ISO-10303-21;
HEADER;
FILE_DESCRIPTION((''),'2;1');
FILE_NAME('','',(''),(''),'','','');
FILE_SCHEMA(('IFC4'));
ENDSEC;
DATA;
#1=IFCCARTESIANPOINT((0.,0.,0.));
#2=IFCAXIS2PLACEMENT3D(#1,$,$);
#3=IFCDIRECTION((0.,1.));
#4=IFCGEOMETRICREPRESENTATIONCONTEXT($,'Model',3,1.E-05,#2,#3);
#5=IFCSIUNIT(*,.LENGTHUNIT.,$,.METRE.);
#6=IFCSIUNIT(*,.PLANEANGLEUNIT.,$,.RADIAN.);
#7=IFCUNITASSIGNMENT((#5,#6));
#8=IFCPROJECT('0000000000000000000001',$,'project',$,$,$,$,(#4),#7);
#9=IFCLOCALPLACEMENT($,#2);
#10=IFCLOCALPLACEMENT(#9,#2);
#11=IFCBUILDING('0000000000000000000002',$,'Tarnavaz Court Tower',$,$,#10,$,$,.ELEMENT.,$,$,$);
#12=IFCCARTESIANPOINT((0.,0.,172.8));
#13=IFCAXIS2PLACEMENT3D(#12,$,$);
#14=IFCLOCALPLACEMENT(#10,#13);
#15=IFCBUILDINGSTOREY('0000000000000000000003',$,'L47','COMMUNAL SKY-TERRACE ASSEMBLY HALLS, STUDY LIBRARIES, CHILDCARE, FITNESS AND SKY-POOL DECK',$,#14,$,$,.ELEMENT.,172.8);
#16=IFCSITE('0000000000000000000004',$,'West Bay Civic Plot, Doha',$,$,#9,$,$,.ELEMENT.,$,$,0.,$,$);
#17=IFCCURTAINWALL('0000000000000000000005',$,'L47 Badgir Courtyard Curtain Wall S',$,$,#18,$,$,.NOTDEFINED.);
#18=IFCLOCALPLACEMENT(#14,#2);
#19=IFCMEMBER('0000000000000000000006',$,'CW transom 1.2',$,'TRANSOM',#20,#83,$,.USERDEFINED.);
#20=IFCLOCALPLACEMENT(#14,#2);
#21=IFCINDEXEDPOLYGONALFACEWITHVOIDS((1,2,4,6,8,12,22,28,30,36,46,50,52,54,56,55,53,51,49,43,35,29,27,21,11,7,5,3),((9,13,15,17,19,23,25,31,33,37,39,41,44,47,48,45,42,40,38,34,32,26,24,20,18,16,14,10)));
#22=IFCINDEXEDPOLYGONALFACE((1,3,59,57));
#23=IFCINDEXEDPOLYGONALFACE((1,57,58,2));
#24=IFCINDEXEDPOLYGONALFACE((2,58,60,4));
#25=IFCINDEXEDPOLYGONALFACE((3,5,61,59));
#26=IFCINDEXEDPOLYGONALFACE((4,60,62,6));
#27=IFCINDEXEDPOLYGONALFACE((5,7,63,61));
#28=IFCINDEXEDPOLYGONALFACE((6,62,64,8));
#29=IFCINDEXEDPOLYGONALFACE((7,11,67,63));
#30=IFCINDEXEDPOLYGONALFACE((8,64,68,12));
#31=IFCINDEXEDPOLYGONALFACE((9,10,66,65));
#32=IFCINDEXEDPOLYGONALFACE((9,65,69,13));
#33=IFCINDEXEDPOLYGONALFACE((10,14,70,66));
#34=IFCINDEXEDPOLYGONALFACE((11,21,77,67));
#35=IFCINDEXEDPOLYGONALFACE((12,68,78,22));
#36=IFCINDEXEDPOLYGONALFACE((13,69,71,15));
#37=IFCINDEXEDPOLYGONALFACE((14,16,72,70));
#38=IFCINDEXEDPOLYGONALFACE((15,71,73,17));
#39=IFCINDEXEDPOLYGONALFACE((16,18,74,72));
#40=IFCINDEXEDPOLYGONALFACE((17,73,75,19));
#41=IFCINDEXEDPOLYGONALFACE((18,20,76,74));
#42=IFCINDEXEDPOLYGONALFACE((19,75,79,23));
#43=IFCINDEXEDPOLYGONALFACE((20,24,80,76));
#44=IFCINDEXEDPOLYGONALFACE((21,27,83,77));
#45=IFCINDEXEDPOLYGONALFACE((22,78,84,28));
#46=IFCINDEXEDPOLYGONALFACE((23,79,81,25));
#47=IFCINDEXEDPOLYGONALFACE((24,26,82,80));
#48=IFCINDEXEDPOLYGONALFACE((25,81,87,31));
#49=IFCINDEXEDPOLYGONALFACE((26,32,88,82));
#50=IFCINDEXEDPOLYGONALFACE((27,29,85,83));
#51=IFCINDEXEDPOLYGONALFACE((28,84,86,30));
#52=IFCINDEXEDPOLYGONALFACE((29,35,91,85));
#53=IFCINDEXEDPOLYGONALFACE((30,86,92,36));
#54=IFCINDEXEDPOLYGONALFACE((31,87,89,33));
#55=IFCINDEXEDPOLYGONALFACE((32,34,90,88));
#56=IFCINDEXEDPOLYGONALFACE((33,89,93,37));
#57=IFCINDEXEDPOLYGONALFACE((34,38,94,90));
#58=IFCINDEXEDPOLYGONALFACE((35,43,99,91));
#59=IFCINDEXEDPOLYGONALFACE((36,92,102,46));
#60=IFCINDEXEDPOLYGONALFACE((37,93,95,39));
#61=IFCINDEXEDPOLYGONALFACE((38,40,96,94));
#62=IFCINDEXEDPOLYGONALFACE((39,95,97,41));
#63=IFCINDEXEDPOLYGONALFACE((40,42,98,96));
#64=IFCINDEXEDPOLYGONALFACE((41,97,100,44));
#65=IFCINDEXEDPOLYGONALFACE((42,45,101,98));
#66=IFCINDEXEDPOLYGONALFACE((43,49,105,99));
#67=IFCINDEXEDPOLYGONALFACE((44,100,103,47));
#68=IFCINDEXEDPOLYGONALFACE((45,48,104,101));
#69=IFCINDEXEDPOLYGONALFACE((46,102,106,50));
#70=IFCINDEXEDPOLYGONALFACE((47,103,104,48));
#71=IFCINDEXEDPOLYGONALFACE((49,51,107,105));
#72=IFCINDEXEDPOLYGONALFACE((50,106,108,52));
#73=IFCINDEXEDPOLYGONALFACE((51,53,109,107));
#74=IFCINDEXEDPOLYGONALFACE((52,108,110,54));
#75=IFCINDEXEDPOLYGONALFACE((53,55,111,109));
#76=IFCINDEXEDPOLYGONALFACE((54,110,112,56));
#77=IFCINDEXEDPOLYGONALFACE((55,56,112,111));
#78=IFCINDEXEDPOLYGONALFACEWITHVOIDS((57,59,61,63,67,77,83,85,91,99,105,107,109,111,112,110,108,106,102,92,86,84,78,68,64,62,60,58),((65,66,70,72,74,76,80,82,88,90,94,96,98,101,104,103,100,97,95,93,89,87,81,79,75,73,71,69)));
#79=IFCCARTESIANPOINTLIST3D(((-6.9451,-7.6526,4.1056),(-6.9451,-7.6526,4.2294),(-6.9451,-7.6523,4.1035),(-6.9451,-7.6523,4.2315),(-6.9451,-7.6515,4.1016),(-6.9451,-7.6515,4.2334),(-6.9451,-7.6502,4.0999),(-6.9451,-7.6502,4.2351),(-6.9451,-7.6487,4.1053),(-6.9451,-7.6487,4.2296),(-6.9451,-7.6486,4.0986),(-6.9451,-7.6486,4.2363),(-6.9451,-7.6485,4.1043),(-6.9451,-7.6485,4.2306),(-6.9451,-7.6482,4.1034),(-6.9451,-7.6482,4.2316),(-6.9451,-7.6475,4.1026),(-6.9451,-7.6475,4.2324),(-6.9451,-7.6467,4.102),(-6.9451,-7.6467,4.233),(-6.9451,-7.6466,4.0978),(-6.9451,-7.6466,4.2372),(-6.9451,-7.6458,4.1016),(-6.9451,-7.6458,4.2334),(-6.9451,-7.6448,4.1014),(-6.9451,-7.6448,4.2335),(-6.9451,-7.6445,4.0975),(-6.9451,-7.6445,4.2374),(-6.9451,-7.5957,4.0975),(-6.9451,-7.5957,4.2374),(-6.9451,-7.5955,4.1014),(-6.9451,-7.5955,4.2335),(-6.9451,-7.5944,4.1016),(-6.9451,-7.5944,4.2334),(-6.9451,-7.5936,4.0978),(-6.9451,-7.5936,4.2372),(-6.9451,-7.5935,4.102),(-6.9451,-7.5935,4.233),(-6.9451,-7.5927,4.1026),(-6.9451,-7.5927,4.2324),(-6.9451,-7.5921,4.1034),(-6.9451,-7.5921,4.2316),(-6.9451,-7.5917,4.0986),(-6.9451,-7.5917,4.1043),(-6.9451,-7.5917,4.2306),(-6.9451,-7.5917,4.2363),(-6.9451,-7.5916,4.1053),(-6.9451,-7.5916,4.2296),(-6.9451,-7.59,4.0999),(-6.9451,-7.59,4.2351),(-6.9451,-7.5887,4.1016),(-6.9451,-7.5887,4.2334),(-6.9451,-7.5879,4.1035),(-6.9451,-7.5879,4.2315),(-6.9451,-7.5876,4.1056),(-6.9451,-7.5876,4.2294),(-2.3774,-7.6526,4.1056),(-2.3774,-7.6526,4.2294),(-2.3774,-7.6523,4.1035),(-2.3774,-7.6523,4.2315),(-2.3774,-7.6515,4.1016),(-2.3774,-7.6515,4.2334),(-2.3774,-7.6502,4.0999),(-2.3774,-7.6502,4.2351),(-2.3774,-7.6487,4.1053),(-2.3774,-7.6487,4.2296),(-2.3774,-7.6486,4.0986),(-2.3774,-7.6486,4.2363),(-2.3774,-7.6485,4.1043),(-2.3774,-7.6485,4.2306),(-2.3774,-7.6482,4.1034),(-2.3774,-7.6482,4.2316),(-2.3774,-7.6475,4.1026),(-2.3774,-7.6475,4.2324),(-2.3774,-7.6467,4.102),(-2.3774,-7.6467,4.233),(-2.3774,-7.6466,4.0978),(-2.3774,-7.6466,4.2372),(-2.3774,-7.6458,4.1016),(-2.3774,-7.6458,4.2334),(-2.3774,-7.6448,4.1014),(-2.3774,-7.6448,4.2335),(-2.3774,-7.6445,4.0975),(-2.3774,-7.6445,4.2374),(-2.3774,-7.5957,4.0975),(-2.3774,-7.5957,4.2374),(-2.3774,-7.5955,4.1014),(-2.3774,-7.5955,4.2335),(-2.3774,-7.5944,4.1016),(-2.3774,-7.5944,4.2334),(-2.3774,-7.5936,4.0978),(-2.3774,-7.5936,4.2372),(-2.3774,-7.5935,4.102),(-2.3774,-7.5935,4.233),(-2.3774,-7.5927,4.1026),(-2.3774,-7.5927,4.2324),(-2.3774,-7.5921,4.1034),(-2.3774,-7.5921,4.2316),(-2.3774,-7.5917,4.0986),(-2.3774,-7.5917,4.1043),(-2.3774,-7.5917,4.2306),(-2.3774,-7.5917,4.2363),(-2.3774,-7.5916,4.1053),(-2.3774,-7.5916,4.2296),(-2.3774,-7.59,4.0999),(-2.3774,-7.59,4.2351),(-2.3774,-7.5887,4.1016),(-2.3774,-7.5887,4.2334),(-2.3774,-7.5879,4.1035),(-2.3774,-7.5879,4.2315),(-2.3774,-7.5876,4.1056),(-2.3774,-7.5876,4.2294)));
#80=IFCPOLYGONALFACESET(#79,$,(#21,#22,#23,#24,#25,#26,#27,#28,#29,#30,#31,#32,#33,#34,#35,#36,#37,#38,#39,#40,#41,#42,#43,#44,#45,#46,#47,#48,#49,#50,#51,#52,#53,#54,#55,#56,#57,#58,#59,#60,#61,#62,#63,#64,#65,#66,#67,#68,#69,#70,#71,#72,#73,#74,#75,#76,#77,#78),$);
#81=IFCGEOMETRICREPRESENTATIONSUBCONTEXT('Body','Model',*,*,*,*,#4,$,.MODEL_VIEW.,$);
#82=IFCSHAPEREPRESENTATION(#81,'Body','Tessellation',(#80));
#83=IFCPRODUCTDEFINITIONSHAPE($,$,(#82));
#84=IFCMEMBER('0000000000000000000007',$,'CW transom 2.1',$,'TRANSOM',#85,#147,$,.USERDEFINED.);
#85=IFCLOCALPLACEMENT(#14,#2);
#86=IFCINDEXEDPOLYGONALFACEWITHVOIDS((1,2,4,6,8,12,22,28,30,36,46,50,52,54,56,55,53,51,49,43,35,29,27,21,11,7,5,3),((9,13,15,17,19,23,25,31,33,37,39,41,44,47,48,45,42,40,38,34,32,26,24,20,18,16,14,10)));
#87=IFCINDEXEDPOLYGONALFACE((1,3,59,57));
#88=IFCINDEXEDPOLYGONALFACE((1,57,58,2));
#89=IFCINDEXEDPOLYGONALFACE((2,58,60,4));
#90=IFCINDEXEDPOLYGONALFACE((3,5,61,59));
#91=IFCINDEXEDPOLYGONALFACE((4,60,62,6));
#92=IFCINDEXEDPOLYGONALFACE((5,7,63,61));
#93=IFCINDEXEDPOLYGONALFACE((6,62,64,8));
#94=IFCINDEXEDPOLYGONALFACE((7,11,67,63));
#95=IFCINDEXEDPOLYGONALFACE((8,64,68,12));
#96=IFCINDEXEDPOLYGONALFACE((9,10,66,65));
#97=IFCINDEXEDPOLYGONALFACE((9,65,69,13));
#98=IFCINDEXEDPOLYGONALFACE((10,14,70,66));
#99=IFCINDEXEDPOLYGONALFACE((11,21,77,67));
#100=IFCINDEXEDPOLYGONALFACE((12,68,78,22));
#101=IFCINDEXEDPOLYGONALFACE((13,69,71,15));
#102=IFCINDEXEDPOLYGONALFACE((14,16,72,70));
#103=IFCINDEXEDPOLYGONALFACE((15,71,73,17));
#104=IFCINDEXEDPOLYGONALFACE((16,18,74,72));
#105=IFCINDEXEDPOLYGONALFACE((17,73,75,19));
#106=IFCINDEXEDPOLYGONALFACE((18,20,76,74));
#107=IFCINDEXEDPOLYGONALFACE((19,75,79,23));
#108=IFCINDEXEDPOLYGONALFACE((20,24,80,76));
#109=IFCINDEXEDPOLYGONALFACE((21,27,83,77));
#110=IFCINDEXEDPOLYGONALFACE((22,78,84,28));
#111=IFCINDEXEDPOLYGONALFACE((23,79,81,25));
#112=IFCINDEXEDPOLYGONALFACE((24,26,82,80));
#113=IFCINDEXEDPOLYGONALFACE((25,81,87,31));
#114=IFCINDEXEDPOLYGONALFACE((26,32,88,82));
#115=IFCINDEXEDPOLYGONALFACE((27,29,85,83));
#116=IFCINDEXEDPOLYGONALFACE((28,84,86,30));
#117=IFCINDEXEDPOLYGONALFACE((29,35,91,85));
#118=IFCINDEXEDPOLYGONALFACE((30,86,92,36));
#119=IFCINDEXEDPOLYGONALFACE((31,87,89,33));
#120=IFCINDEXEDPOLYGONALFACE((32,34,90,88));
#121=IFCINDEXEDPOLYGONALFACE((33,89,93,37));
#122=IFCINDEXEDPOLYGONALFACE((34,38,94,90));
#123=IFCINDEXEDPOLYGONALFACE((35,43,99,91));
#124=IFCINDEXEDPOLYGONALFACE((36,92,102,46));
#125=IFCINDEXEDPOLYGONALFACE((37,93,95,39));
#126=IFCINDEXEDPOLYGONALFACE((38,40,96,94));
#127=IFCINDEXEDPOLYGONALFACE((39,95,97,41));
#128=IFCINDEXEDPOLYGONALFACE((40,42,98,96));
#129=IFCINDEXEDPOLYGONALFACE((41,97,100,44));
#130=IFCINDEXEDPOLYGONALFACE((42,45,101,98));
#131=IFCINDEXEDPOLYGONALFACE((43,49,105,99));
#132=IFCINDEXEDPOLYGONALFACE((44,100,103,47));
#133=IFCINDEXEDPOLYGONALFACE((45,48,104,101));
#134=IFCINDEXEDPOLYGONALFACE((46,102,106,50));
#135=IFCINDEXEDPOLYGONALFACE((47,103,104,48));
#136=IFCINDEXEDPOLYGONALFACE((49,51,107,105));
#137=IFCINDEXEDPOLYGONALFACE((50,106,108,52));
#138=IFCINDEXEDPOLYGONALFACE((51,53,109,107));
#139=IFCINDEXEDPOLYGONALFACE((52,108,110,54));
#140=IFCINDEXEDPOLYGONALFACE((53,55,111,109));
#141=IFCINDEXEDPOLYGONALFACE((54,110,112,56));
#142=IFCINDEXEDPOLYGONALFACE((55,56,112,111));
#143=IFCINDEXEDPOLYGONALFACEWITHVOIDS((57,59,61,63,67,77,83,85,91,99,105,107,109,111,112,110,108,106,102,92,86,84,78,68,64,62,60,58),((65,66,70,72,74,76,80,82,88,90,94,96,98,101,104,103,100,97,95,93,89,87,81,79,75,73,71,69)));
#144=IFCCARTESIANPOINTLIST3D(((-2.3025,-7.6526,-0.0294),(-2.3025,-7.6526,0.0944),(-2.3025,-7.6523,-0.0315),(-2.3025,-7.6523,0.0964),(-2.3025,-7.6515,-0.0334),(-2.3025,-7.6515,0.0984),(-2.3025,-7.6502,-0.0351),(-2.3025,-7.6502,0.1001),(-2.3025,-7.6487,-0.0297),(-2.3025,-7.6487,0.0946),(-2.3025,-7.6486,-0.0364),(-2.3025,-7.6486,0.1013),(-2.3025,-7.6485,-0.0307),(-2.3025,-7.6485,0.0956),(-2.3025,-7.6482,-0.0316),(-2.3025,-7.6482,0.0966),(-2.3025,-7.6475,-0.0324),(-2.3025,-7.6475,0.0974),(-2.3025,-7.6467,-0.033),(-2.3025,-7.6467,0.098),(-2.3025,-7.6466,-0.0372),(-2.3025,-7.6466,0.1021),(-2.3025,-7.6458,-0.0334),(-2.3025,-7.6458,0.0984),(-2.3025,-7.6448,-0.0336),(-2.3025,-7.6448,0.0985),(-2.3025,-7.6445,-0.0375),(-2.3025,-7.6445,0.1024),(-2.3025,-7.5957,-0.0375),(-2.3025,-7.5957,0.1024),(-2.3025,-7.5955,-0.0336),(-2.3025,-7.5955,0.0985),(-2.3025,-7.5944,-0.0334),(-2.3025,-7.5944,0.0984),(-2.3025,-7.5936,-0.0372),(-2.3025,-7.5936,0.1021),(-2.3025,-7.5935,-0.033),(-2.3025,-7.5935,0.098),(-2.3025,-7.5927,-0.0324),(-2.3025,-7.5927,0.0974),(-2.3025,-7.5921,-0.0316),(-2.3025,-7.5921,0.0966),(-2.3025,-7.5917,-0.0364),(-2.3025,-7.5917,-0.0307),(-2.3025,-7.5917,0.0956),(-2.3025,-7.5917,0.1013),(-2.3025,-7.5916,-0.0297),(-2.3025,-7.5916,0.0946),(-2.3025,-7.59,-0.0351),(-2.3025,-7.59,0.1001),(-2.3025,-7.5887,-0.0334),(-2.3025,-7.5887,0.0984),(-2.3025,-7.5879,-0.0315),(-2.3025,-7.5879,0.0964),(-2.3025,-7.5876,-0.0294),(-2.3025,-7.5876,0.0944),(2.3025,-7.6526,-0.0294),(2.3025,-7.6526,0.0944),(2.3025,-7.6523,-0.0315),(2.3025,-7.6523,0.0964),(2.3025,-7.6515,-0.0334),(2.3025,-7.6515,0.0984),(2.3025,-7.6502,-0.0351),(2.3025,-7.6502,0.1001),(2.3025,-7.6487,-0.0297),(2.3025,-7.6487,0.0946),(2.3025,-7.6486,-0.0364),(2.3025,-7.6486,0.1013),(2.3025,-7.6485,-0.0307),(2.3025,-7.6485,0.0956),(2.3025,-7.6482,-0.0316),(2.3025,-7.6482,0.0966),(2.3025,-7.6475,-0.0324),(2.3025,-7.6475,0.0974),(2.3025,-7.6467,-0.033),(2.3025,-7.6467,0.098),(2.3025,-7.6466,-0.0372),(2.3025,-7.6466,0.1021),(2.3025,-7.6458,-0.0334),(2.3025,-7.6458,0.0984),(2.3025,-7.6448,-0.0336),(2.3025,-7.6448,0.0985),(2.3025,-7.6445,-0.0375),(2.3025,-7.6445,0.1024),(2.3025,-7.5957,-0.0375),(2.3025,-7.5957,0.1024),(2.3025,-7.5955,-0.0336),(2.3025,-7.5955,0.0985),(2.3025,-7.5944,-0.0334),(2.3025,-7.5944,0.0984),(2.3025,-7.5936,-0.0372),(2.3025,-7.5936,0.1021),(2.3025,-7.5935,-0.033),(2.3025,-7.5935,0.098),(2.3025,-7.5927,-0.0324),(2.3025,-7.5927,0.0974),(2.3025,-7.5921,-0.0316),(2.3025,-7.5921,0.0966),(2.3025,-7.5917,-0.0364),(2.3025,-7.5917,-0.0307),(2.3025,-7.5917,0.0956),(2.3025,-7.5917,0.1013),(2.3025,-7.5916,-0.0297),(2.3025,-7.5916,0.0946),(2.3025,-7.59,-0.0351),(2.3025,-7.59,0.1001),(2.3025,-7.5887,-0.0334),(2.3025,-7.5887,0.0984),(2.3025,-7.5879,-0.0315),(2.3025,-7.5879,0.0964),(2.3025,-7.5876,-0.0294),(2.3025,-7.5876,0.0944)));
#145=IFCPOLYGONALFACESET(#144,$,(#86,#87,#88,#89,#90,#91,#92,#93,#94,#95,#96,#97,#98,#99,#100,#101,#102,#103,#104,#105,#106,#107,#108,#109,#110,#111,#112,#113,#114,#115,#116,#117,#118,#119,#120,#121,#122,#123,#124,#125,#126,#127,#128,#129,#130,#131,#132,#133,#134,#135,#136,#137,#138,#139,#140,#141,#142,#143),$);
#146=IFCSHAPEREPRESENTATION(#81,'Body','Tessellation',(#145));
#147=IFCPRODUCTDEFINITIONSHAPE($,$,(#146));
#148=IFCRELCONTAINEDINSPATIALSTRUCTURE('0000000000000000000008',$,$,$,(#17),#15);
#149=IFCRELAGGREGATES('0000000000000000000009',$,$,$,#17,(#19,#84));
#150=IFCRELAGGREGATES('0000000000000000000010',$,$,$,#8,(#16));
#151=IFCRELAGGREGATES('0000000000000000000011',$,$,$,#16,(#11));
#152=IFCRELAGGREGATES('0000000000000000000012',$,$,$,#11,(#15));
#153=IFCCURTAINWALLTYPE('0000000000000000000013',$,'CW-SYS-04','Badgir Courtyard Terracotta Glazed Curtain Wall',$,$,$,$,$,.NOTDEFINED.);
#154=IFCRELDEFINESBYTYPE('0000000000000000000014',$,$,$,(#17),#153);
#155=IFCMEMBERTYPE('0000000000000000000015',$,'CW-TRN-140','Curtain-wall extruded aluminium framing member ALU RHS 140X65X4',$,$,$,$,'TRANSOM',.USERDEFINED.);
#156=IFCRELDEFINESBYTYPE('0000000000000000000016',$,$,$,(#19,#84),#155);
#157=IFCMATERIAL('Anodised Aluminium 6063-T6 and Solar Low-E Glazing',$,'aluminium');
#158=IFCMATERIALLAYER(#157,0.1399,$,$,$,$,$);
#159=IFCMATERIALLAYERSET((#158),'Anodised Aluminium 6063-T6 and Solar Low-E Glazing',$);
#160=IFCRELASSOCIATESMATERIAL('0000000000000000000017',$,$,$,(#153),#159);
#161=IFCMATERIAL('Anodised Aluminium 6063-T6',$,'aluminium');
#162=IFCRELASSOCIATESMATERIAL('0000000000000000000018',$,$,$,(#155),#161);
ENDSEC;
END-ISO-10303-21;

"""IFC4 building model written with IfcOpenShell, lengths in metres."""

from ifc_helpers import new_model, si_unit, direction, frame, origin, origin_2d, place, context, subcontext, project, spatial, hollow_rectangle, extrude, material, layer, layer_set, material_profile, profile_set, type_object, element, aggregate, save


model = new_model("IFC4")

# Units and contexts
model_context = context("Model", 3, precision=1e-05, world=origin(), true_north=direction((0.0, 1.0)))
body_context = subcontext(model_context, "Body", "Model", "MODEL_VIEW")
ifc_project = project(units=[si_unit("LENGTHUNIT", "METRE"), si_unit("PLANEANGLEUNIT", "RADIAN")], contexts=[model_context])

# Site, building, storey
site_placement = place(None, origin())
site = spatial("IfcSite", under=ifc_project, at=site_placement, Name="West Bay Civic Plot, Doha", CompositionType="ELEMENT", RefElevation=0.0)
building_placement = place(site_placement, origin())
building = spatial("IfcBuilding", under=site, at=building_placement, Name="Tarnavaz Court Tower", CompositionType="ELEMENT")
storey_placement = place(building_placement, frame((0.0, 0.0, 172.8)))
storey = spatial("IfcBuildingStorey", under=building, at=storey_placement, Name="L47", Description="COMMUNAL SKY-TERRACE ASSEMBLY HALLS, STUDY LIBRARIES, CHILDCARE, FITNESS AND SKY-POOL DECK", CompositionType="ELEMENT", Elevation=172.8)

# Curtain wall, members
ifc_material_1 = material(Name="Anodised Aluminium 6063-T6 and Solar Low-E Glazing", Category="aluminium")
ifc_layer_1 = layer(ifc_material_1, 0.1399)
ifc_layer_set_1 = layer_set([ifc_layer_1], Name="Anodised Aluminium 6063-T6 and Solar Low-E Glazing")
curtain_wall_type = type_object("IfcCurtainWallType", Name="CW-SYS-04", Description="Badgir Courtyard Terracotta Glazed Curtain Wall", PredefinedType="NOTDEFINED", material=ifc_layer_set_1)
curtain_wall_placement = place(storey_placement, origin())
curtain_wall = element("IfcCurtainWall", 1, at=curtain_wall_placement, inside=storey, type_object=curtain_wall_type, Name="L47 Badgir Courtyard Curtain Wall S", PredefinedType="NOTDEFINED")
ifc_material_2 = material(Name="Anodised Aluminium 6063-T6", Category="aluminium")
ifc_material_profile_1 = material_profile(ifc_material_2, hollow_rectangle(XDim=0.0649, YDim=0.1399, WallThickness=0.0039, InnerFilletRadius=0.0039, OuterFilletRadius=0.0081, at=origin_2d()), Name="ALU RHS 140X65X4")
ifc_profile_set_1 = profile_set([ifc_material_profile_1], Name="Anodised Aluminium 6063-T6")
member_type_1 = type_object("IfcMemberType", Name="CW-TRN-140", Description="Curtain-wall extruded aluminium framing member ALU RHS 140X65X4", ElementType="TRANSOM", PredefinedType="USERDEFINED", material=ifc_profile_set_1)
member_1_placement = place(storey_placement, frame((-6.9451, -7.6201, 4.1675), z_axis=(1.0, 0.0, 0.0), x_axis=(0.0, 1.0, 0.0)))
member_1 = element("IfcMember", 2, at=member_1_placement, type_object=member_type_1, Name="CW transom 1.2", ObjectType="TRANSOM", PredefinedType="USERDEFINED", context=body_context, shape_type="SweptSolid", body=[
    extrude(hollow_rectangle(XDim=0.0649, YDim=0.1399, WallThickness=0.0039, InnerFilletRadius=0.0039, OuterFilletRadius=0.0081, at=origin_2d()), origin(), (0.0, 0.0, 1.0), 4.5676),
])
member_2_placement = place(storey_placement, frame((-2.3025, -7.6201, 0.0325), z_axis=(1.0, 0.0, 0.0), x_axis=(0.0, 1.0, 0.0)))
member_2 = element("IfcMember", 3, at=member_2_placement, type_object=member_type_1, Name="CW transom 2.1", ObjectType="TRANSOM", PredefinedType="USERDEFINED", context=body_context, shape_type="SweptSolid", body=[
    extrude(hollow_rectangle(XDim=0.0649, YDim=0.1399, WallThickness=0.0039, InnerFilletRadius=0.0039, OuterFilletRadius=0.0081, at=origin_2d()), origin(), (0.0, 0.0, 1.0), 4.605),
])
aggregate(curtain_wall, [member_1, member_2])

save(model, "model.ifc")
